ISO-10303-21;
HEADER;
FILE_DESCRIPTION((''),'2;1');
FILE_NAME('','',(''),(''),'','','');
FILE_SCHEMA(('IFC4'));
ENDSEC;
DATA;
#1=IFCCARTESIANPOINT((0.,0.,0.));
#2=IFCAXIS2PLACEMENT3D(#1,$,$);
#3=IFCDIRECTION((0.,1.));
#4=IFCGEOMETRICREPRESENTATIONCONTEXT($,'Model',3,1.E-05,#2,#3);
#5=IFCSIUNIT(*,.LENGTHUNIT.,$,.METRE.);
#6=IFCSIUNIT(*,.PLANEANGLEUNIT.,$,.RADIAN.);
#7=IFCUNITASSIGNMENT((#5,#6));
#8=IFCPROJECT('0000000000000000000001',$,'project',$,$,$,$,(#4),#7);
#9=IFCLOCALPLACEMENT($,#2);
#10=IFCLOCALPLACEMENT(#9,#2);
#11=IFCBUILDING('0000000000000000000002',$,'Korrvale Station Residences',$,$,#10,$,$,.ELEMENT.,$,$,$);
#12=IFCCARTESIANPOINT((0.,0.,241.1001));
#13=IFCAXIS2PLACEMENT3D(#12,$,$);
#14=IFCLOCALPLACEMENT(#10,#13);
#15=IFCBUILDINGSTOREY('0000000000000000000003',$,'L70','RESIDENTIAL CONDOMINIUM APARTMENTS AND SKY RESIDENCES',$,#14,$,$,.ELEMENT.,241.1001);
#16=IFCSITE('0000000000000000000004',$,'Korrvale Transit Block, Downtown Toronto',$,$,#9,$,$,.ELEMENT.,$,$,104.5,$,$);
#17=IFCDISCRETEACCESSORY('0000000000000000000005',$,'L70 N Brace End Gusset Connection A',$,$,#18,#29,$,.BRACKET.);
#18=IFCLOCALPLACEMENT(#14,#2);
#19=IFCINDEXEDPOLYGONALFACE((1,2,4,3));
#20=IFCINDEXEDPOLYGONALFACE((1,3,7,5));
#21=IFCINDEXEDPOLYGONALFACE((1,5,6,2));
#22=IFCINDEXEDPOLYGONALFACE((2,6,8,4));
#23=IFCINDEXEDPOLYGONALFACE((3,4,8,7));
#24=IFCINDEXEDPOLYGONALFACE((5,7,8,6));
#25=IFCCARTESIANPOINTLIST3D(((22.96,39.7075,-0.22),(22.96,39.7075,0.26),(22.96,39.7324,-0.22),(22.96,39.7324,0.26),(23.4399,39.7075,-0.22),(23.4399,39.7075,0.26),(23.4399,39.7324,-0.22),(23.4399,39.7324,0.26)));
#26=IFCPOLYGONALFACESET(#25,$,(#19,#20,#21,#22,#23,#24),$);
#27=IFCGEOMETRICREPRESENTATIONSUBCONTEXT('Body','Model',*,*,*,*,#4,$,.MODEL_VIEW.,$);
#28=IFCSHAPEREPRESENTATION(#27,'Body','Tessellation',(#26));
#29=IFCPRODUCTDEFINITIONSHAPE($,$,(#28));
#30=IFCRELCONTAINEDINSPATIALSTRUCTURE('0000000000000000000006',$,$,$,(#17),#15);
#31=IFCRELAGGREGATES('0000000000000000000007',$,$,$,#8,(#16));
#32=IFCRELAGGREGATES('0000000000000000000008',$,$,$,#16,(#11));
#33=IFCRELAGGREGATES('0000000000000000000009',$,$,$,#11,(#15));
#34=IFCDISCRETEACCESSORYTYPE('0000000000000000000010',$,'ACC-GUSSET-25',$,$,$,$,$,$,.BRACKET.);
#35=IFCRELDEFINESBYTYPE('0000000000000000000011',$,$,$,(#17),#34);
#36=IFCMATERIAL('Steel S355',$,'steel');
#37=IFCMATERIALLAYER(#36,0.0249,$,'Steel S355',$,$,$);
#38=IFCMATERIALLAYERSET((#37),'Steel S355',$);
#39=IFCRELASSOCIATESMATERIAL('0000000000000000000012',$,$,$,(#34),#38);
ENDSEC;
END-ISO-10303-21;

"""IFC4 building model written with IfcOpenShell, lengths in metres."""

from ifc_helpers import new_model, si_unit, direction, frame, origin, origin_2d, place, context, subcontext, project, spatial, rectangle, extrude, material, layer, layer_set, type_object, element, save


model = new_model("IFC4")

# Units and contexts
model_context = context("Model", 3, precision=1e-05, world=origin(), true_north=direction((0.0, 1.0)))
body_context = subcontext(model_context, "Body", "Model", "MODEL_VIEW")
ifc_project = project(units=[si_unit("LENGTHUNIT", "METRE"), si_unit("PLANEANGLEUNIT", "RADIAN")], contexts=[model_context])

# Site, building, storey
site_placement = place(None, origin())
site = spatial("IfcSite", under=ifc_project, at=site_placement, Name="Korrvale Transit Block, Downtown Toronto", CompositionType="ELEMENT", RefElevation=104.5)
building_placement = place(site_placement, origin())
building = spatial("IfcBuilding", under=site, at=building_placement, Name="Korrvale Station Residences", CompositionType="ELEMENT")
storey_placement = place(building_placement, frame((0.0, 0.0, 241.1001)))
storey = spatial("IfcBuildingStorey", under=building, at=storey_placement, Name="L70", Description="RESIDENTIAL CONDOMINIUM APARTMENTS AND SKY RESIDENCES", CompositionType="ELEMENT", Elevation=241.1001)

# Shared definitions
ifc_material_1 = material(Name="Steel S355", Category="steel")

# Discrete accessory
ifc_layer_1 = layer(ifc_material_1, 0.0249, Name="Steel S355")
ifc_layer_set_1 = layer_set([ifc_layer_1], Name="Steel S355")
discrete_accessory_type = type_object("IfcDiscreteAccessoryType", Name="ACC-GUSSET-25", PredefinedType="BRACKET", material=ifc_layer_set_1)
discrete_accessory_placement = place(storey_placement, frame((23.2, 39.72, -0.22), z_axis=(0.0, 0.0, 1.0), x_axis=(1.0, 0.0, 0.0)))
element("IfcDiscreteAccessory", 1, at=discrete_accessory_placement, inside=storey, type_object=discrete_accessory_type, Name="L70 N Brace End Gusset Connection A", PredefinedType="BRACKET", context=body_context, shape_type="SweptSolid", body=[
    extrude(rectangle(XDim=0.48, YDim=0.0249, at=origin_2d()), origin(), (0.0, 0.0, 1.0), 0.48),
])

save(model, "model.ifc")
